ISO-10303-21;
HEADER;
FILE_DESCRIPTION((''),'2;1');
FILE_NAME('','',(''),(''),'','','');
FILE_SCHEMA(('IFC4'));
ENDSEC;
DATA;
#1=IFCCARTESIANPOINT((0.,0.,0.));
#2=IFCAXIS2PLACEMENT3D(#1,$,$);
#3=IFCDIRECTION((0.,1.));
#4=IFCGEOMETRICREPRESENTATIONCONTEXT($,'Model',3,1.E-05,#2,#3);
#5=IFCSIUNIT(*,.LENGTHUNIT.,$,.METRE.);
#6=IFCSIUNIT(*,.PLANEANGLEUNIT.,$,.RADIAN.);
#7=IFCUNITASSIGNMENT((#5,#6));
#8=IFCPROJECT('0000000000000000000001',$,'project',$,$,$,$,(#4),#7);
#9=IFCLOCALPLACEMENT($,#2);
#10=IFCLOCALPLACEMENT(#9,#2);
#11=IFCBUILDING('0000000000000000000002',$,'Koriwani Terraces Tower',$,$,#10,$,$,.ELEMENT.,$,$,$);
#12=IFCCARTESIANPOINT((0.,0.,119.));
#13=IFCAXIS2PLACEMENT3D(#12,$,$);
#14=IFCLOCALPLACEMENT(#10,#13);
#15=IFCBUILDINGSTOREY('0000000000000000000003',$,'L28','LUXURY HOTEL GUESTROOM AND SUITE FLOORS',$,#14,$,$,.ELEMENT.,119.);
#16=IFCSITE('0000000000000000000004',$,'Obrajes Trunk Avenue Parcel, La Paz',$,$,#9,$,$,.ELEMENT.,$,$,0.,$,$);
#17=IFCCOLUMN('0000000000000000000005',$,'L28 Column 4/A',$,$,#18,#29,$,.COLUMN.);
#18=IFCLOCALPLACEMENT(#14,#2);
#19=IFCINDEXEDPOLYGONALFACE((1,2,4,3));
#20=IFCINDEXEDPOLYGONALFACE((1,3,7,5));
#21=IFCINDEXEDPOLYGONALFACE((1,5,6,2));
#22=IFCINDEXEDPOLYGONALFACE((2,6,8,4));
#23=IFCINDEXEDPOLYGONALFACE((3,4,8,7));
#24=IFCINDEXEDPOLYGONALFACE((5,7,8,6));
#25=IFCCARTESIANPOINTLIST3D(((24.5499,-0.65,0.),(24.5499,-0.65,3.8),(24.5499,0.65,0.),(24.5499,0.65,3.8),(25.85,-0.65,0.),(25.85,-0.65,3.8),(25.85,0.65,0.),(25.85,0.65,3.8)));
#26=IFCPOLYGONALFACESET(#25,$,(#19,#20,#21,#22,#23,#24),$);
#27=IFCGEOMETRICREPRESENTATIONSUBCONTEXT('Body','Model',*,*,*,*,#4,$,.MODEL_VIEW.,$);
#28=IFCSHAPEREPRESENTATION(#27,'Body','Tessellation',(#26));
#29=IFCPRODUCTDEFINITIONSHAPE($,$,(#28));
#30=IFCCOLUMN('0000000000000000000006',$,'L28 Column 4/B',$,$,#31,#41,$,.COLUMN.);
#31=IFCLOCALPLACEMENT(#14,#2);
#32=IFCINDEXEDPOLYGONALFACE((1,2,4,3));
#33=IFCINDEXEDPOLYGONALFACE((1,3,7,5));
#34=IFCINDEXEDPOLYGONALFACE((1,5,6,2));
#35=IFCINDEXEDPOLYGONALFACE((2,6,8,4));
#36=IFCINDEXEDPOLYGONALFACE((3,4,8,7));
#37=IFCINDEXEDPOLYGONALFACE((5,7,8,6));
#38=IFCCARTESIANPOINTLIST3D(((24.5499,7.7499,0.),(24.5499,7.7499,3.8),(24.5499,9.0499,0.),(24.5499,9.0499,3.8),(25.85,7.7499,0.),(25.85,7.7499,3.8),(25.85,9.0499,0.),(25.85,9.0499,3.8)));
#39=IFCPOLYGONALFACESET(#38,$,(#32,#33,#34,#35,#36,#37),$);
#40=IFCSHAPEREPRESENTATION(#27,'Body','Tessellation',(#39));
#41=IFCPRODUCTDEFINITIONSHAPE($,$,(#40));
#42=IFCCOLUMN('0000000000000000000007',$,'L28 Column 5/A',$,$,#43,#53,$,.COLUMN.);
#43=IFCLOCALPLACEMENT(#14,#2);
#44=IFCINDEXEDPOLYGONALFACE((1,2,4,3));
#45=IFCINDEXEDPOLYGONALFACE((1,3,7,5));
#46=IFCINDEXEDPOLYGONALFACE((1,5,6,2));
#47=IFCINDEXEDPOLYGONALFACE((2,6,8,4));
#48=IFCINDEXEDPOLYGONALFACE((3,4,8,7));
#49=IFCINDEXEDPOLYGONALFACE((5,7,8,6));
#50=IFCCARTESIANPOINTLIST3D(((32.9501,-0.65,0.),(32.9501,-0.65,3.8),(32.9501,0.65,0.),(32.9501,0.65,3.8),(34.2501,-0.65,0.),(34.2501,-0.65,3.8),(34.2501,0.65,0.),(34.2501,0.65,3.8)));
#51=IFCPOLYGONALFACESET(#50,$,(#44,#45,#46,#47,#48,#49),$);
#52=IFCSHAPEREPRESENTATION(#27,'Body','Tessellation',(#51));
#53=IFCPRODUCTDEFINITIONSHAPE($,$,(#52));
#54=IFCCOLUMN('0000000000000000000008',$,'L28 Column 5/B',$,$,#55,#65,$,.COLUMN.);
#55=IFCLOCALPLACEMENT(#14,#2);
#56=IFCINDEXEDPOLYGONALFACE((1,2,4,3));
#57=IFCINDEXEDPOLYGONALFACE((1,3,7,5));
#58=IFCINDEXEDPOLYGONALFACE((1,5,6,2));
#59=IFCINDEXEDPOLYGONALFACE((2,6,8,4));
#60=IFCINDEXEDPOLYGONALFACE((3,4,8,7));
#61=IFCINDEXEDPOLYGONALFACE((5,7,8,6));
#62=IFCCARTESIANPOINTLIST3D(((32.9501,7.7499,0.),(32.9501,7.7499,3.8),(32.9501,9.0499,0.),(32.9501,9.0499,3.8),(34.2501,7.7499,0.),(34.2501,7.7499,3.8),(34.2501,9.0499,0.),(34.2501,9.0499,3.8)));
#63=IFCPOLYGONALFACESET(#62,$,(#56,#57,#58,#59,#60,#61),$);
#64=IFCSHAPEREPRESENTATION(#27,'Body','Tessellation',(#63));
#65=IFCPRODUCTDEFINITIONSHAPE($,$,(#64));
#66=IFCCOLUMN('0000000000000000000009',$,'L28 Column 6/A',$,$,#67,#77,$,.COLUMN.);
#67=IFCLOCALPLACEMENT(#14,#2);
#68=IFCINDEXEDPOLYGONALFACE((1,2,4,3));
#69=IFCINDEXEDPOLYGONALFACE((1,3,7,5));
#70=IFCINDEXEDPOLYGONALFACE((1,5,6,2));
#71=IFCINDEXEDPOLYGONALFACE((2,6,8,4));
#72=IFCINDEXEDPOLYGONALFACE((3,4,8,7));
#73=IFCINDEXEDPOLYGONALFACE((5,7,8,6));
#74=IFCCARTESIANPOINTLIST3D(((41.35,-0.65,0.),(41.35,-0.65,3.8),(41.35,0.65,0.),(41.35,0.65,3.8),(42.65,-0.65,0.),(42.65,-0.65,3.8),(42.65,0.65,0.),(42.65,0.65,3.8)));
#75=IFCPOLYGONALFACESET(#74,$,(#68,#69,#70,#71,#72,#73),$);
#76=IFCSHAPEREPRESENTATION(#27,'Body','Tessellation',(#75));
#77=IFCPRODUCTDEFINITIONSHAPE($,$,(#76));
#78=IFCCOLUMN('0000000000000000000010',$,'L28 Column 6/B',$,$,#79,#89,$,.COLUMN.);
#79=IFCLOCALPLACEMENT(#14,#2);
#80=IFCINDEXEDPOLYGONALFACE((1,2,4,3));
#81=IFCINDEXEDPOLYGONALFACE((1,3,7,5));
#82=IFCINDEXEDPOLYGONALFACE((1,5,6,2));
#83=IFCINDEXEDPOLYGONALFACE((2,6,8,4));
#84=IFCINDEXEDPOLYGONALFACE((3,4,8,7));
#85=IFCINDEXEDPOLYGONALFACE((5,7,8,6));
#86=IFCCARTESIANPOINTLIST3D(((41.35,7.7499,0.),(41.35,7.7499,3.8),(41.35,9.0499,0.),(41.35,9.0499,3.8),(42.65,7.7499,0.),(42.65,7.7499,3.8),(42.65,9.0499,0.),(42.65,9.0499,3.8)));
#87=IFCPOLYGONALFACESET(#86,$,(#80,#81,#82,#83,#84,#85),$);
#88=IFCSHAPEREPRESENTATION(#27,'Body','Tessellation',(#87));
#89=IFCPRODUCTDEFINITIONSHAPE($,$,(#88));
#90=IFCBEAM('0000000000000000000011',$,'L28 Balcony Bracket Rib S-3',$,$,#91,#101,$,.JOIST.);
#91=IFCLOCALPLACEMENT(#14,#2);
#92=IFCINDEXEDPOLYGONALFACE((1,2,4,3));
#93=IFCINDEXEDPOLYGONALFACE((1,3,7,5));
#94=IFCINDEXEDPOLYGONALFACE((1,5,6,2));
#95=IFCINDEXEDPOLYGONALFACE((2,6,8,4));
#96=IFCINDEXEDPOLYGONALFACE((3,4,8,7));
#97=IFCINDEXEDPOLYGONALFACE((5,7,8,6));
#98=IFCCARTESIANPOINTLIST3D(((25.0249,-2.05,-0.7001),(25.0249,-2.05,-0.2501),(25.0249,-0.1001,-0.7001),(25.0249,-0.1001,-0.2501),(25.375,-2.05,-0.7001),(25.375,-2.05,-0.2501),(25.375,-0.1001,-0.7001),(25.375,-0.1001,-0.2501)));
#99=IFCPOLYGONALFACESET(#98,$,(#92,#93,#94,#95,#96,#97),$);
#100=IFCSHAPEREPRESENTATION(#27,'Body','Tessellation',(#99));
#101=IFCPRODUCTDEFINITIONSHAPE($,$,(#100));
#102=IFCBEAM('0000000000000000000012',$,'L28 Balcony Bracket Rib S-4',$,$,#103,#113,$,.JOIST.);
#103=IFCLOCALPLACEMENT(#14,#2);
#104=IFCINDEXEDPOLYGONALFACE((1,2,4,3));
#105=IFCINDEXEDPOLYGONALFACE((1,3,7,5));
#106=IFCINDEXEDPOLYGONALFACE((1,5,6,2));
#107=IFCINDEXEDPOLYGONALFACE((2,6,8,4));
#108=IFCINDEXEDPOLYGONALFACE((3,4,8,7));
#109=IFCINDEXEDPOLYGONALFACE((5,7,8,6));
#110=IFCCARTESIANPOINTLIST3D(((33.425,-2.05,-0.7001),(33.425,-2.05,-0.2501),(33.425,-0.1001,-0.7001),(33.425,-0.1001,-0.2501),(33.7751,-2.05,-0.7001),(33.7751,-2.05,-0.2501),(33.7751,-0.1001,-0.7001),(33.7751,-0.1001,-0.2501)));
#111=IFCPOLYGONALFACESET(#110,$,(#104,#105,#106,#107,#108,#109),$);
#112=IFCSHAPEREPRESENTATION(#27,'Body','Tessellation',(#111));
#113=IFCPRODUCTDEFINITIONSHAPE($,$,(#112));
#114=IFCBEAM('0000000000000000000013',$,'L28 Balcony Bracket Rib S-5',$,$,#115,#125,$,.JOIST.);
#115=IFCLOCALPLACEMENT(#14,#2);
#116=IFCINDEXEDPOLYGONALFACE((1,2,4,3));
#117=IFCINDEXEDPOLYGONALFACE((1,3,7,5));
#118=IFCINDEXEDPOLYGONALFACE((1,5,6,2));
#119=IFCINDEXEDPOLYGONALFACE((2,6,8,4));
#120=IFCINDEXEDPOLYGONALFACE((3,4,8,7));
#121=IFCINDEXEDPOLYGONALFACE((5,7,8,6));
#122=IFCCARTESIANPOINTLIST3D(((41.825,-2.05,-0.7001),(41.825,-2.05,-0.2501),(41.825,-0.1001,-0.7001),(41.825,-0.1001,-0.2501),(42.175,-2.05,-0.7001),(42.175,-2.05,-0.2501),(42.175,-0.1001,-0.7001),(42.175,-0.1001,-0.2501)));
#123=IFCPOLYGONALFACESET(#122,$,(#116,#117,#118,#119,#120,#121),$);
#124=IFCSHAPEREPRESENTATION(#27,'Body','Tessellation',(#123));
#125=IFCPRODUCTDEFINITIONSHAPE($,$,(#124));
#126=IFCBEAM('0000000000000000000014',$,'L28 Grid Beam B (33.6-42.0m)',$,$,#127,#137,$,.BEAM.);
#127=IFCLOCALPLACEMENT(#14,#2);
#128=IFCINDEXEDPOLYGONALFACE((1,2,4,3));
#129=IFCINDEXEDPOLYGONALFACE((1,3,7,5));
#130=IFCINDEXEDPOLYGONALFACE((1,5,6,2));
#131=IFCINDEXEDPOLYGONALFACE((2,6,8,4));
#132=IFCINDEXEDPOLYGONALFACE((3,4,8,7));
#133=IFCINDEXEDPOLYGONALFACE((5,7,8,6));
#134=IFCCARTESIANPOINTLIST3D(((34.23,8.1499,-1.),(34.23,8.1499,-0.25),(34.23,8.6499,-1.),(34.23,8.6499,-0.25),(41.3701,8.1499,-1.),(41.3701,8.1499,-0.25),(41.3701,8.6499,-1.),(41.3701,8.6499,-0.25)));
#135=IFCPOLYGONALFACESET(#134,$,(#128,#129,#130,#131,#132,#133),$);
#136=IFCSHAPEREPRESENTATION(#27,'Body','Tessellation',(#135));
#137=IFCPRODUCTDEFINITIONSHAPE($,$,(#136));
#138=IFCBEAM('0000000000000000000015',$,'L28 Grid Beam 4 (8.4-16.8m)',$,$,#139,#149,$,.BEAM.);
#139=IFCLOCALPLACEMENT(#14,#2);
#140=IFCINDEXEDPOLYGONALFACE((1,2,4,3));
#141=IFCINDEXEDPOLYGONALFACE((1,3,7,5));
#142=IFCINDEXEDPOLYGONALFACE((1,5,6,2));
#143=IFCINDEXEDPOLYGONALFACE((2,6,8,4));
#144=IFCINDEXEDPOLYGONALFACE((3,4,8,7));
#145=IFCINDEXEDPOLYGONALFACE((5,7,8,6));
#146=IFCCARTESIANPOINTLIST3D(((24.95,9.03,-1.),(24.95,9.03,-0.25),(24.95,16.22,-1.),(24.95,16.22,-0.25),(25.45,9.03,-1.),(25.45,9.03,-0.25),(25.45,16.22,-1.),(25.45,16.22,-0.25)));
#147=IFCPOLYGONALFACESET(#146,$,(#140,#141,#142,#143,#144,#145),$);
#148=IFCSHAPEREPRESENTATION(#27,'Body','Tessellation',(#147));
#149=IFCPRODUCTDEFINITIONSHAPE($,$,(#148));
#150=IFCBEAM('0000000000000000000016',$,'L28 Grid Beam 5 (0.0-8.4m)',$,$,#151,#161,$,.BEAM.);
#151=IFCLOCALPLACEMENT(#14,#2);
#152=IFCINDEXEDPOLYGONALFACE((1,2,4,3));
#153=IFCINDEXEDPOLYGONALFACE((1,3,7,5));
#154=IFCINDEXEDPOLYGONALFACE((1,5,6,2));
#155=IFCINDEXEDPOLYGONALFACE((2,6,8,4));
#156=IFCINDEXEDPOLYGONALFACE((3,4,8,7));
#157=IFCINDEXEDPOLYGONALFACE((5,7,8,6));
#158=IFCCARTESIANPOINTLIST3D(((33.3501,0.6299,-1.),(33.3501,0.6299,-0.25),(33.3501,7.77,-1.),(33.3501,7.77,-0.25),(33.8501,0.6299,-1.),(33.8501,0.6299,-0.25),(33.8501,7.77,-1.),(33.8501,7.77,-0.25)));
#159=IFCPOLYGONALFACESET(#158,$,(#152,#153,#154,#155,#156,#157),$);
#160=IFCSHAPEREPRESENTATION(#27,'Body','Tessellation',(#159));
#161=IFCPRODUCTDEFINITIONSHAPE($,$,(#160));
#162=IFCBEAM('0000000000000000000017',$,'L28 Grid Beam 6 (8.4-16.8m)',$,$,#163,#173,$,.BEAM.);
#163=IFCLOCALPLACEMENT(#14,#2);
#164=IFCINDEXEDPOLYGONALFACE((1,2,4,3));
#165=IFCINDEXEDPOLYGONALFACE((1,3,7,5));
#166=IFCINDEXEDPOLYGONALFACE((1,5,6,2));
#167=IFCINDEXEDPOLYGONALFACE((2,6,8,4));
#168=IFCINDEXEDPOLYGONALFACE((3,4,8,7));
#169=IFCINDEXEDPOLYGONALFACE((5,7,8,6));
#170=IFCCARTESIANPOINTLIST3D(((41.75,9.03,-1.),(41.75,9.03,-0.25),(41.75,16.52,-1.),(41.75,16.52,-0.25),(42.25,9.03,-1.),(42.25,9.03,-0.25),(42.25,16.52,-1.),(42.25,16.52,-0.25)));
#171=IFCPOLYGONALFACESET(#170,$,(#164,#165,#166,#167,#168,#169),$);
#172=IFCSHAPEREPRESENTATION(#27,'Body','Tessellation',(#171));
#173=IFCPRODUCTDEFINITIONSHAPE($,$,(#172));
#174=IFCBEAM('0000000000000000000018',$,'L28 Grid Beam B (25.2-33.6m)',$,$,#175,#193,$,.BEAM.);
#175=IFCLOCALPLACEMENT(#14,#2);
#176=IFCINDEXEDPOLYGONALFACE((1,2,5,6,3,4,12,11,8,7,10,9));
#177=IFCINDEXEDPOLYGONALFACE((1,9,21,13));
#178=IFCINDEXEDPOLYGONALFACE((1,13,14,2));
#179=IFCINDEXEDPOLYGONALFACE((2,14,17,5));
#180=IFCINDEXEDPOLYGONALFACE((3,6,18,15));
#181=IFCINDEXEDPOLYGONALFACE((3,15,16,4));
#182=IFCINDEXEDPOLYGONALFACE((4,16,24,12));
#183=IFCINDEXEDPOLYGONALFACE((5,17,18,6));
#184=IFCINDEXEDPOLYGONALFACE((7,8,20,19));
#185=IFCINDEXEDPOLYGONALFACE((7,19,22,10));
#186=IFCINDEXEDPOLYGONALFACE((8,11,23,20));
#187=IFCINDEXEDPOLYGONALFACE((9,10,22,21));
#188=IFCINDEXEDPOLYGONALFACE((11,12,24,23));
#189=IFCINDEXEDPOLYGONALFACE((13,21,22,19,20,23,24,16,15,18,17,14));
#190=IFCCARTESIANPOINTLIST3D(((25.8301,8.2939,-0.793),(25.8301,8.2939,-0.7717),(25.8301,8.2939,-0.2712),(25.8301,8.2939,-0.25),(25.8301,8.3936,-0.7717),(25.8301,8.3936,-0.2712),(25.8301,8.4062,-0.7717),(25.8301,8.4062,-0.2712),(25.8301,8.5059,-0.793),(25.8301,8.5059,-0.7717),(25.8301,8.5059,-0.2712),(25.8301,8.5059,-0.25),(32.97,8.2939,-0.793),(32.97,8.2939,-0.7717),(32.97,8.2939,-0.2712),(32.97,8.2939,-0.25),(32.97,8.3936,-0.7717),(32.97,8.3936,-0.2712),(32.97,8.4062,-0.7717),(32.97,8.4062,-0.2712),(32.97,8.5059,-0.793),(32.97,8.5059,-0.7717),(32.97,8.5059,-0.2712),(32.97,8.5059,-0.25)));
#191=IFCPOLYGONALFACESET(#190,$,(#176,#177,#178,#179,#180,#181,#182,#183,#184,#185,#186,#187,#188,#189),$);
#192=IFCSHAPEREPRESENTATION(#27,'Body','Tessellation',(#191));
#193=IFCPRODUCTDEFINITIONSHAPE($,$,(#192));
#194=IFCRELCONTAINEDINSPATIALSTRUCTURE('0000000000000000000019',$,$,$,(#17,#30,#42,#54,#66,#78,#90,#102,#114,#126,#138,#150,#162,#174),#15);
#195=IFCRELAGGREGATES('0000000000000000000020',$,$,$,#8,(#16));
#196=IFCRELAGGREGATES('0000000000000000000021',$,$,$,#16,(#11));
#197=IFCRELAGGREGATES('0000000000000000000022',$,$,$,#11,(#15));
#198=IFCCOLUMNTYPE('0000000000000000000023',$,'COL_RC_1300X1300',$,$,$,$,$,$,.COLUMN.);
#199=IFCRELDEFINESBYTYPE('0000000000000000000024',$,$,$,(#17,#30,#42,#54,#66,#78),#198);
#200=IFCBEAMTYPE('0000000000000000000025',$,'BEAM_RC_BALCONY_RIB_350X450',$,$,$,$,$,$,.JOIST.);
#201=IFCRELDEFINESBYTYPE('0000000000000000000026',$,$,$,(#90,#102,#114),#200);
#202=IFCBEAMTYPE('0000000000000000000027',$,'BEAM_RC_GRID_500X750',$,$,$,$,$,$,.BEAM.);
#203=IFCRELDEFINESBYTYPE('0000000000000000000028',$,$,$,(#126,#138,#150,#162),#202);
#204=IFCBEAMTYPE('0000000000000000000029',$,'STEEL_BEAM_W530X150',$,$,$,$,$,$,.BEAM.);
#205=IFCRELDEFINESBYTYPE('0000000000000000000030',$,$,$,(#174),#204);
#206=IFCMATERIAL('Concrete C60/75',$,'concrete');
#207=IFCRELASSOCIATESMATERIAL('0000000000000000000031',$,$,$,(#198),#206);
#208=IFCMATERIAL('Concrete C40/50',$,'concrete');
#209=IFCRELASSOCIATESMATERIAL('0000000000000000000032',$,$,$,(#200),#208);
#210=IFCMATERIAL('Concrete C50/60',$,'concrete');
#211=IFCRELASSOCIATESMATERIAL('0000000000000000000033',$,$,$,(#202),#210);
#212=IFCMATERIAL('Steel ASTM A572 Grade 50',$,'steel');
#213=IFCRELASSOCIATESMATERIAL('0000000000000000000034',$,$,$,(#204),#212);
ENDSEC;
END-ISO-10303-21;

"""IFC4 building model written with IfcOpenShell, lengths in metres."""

from ifc_helpers import new_model, si_unit, direction, frame, origin, origin_2d, place, context, subcontext, project, spatial, rectangle, i_section, extrude, material, material_profile, profile_set, type_object, element, save


model = new_model("IFC4")

# Units and contexts
model_context = context("Model", 3, precision=1e-05, world=origin(), true_north=direction((0.0, 1.0)))
body_context = subcontext(model_context, "Body", "Model", "MODEL_VIEW")
ifc_project = project(units=[si_unit("LENGTHUNIT", "METRE"), si_unit("PLANEANGLEUNIT", "RADIAN")], contexts=[model_context])

# Site, building, storey
site_placement = place(None, origin())
site = spatial("IfcSite", under=ifc_project, at=site_placement, Name="Obrajes Trunk Avenue Parcel, La Paz", CompositionType="ELEMENT", RefElevation=0.0)
building_placement = place(site_placement, origin())
building = spatial("IfcBuilding", under=site, at=building_placement, Name="Koriwani Terraces Tower", CompositionType="ELEMENT")
storey_placement = place(building_placement, frame((0.0, 0.0, 119.0)))
storey = spatial("IfcBuildingStorey", under=building, at=storey_placement, Name="L28", Description="LUXURY HOTEL GUESTROOM AND SUITE FLOORS", CompositionType="ELEMENT", Elevation=119.0)

# Columns
ifc_material_1 = material(Name="Concrete C60/75", Category="concrete")
ifc_material_profile_1 = material_profile(ifc_material_1, rectangle(XDim=1.3, YDim=1.3, at=origin_2d()), Name="Concrete C60/75", Category="LoadBearing")
ifc_profile_set_1 = profile_set([ifc_material_profile_1], Name="Concrete C60/75")
column_type = type_object("IfcColumnType", Name="COL_RC_1300X1300", PredefinedType="COLUMN", material=ifc_profile_set_1)
for number, where, z_axis, x_axis, name in (
    (1, (25.2, 0.0, 0.0), (0.0, 0.0, 1.0), (1.0, 0.0, 0.0), "L28 Column 4/A"),
    (2, (25.2, 8.3999, 0.0), (0.0, 0.0, 1.0), (1.0, 0.0, 0.0), "L28 Column 4/B"),
    (3, (33.6001, 0.0, 0.0), (0.0, 0.0, 1.0), (1.0, 0.0, 0.0), "L28 Column 5/A"),
    (4, (33.6001, 8.3999, 0.0), (0.0, 0.0, 1.0), (1.0, 0.0, 0.0), "L28 Column 5/B"),
    (5, (42.0, 0.0, 0.0), (0.0, 0.0, 1.0), (1.0, 0.0, 0.0), "L28 Column 6/A"),
    (6, (42.0, 8.3999, 0.0), (0.0, 0.0, 1.0), (1.0, 0.0, 0.0), "L28 Column 6/B"),
):
    element("IfcColumn", number, at=place(storey_placement, frame(where, z_axis=z_axis, x_axis=x_axis)), inside=storey, type_object=column_type, Name=name, PredefinedType="COLUMN", context=body_context, shape_type="SweptSolid", body=[
        extrude(rectangle(XDim=1.3, YDim=1.3, at=origin_2d()), origin(), (0.0, 0.0, 1.0), 3.8),
    ])

# Beams
ifc_material_2 = material(Name="Concrete C40/50", Category="concrete")
ifc_material_profile_2 = material_profile(ifc_material_2, rectangle(XDim=0.3501, YDim=0.45, at=origin_2d()), Name="Concrete C40/50", Category="LoadBearing")
ifc_profile_set_2 = profile_set([ifc_material_profile_2], Name="Concrete C40/50")
beam_type_1 = type_object("IfcBeamType", Name="BEAM_RC_BALCONY_RIB_350X450", PredefinedType="JOIST", material=ifc_profile_set_2)
for number, where, z_axis, x_axis, name in (
    (7, (25.2, -2.05, -0.4751), (0.0, 1.0, 0.0), (-1.0, 0.0, 0.0), "L28 Balcony Bracket Rib S-3"),
    (8, (33.6001, -2.05, -0.4751), (0.0, 1.0, 0.0), (-1.0, 0.0, 0.0), "L28 Balcony Bracket Rib S-4"),
    (9, (42.0, -2.05, -0.4751), (0.0, 1.0, 0.0), (-1.0, 0.0, 0.0), "L28 Balcony Bracket Rib S-5"),
):
    element("IfcBeam", number, at=place(storey_placement, frame(where, z_axis=z_axis, x_axis=x_axis)), inside=storey, type_object=beam_type_1, Name=name, PredefinedType="JOIST", context=body_context, shape_type="SweptSolid", body=[
        extrude(rectangle(XDim=0.3501, YDim=0.45, at=origin_2d()), origin(), (0.0, 0.0, 1.0), 1.95),
    ])
ifc_material_3 = material(Name="Concrete C50/60", Category="concrete")
ifc_material_profile_3 = material_profile(ifc_material_3, rectangle(XDim=0.5, YDim=0.75, at=origin_2d()), Name="Concrete C50/60", Category="LoadBearing")
ifc_profile_set_3 = profile_set([ifc_material_profile_3], Name="Concrete C50/60")
beam_type_2 = type_object("IfcBeamType", Name="BEAM_RC_GRID_500X750", PredefinedType="BEAM", material=ifc_profile_set_3)
beam_1_placement = place(storey_placement, frame((34.23, 8.3999, -0.625), z_axis=(1.0, 0.0, 0.0), x_axis=(0.0, 1.0, 0.0)))
element("IfcBeam", 10, at=beam_1_placement, inside=storey, type_object=beam_type_2, Name="L28 Grid Beam B (33.6-42.0m)", PredefinedType="BEAM", context=body_context, shape_type="SweptSolid", body=[
    extrude(rectangle(XDim=0.5, YDim=0.75, at=origin_2d()), origin(), (0.0, 0.0, 1.0), 7.1401),
])
beam_2_placement = place(storey_placement, frame((25.2, 9.03, -0.625), z_axis=(0.0, 1.0, 0.0), x_axis=(-1.0, 0.0, 0.0)))
element("IfcBeam", 11, at=beam_2_placement, inside=storey, type_object=beam_type_2, Name="L28 Grid Beam 4 (8.4-16.8m)", PredefinedType="BEAM", context=body_context, shape_type="SweptSolid", body=[
    extrude(rectangle(XDim=0.5, YDim=0.75, at=origin_2d()), origin(), (0.0, 0.0, 1.0), 7.1899),
])
beam_3_placement = place(storey_placement, frame((33.6001, 0.6299, -0.625), z_axis=(0.0, 1.0, 0.0), x_axis=(-1.0, 0.0, 0.0)))
element("IfcBeam", 12, at=beam_3_placement, inside=storey, type_object=beam_type_2, Name="L28 Grid Beam 5 (0.0-8.4m)", PredefinedType="BEAM", context=body_context, shape_type="SweptSolid", body=[
    extrude(rectangle(XDim=0.5, YDim=0.75, at=origin_2d()), origin(), (0.0, 0.0, 1.0), 7.1401),
])
beam_4_placement = place(storey_placement, frame((42.0, 9.03, -0.625), z_axis=(0.0, 1.0, 0.0), x_axis=(-1.0, 0.0, 0.0)))
element("IfcBeam", 13, at=beam_4_placement, inside=storey, type_object=beam_type_2, Name="L28 Grid Beam 6 (8.4-16.8m)", PredefinedType="BEAM", context=body_context, shape_type="SweptSolid", body=[
    extrude(rectangle(XDim=0.5, YDim=0.75, at=origin_2d()), origin(), (0.0, 0.0, 1.0), 7.49),
])
ifc_material_4 = material(Name="Steel ASTM A572 Grade 50", Category="steel")
ifc_material_profile_4 = material_profile(ifc_material_4, i_section(OverallWidth=0.2119, OverallDepth=0.543, WebThickness=0.0127, FlangeThickness=0.0212, at=origin_2d()), Name="Steel ASTM A572 Grade 50", Category="LoadBearing")
ifc_profile_set_4 = profile_set([ifc_material_profile_4], Name="Steel ASTM A572 Grade 50")
beam_type_3 = type_object("IfcBeamType", Name="STEEL_BEAM_W530X150", PredefinedType="BEAM", material=ifc_profile_set_4)
beam_5_placement = place(storey_placement, frame((25.8301, 8.3999, -0.5215), z_axis=(1.0, 0.0, 0.0), x_axis=(0.0, 1.0, 0.0)))
element("IfcBeam", 14, at=beam_5_placement, inside=storey, type_object=beam_type_3, Name="L28 Grid Beam B (25.2-33.6m)", PredefinedType="BEAM", context=body_context, shape_type="SweptSolid", body=[
    extrude(i_section(OverallWidth=0.2119, OverallDepth=0.543, WebThickness=0.0127, FlangeThickness=0.0212, at=origin_2d()), origin(), (0.0, 0.0, 1.0), 7.1399),
])

save(model, "model.ifc")
